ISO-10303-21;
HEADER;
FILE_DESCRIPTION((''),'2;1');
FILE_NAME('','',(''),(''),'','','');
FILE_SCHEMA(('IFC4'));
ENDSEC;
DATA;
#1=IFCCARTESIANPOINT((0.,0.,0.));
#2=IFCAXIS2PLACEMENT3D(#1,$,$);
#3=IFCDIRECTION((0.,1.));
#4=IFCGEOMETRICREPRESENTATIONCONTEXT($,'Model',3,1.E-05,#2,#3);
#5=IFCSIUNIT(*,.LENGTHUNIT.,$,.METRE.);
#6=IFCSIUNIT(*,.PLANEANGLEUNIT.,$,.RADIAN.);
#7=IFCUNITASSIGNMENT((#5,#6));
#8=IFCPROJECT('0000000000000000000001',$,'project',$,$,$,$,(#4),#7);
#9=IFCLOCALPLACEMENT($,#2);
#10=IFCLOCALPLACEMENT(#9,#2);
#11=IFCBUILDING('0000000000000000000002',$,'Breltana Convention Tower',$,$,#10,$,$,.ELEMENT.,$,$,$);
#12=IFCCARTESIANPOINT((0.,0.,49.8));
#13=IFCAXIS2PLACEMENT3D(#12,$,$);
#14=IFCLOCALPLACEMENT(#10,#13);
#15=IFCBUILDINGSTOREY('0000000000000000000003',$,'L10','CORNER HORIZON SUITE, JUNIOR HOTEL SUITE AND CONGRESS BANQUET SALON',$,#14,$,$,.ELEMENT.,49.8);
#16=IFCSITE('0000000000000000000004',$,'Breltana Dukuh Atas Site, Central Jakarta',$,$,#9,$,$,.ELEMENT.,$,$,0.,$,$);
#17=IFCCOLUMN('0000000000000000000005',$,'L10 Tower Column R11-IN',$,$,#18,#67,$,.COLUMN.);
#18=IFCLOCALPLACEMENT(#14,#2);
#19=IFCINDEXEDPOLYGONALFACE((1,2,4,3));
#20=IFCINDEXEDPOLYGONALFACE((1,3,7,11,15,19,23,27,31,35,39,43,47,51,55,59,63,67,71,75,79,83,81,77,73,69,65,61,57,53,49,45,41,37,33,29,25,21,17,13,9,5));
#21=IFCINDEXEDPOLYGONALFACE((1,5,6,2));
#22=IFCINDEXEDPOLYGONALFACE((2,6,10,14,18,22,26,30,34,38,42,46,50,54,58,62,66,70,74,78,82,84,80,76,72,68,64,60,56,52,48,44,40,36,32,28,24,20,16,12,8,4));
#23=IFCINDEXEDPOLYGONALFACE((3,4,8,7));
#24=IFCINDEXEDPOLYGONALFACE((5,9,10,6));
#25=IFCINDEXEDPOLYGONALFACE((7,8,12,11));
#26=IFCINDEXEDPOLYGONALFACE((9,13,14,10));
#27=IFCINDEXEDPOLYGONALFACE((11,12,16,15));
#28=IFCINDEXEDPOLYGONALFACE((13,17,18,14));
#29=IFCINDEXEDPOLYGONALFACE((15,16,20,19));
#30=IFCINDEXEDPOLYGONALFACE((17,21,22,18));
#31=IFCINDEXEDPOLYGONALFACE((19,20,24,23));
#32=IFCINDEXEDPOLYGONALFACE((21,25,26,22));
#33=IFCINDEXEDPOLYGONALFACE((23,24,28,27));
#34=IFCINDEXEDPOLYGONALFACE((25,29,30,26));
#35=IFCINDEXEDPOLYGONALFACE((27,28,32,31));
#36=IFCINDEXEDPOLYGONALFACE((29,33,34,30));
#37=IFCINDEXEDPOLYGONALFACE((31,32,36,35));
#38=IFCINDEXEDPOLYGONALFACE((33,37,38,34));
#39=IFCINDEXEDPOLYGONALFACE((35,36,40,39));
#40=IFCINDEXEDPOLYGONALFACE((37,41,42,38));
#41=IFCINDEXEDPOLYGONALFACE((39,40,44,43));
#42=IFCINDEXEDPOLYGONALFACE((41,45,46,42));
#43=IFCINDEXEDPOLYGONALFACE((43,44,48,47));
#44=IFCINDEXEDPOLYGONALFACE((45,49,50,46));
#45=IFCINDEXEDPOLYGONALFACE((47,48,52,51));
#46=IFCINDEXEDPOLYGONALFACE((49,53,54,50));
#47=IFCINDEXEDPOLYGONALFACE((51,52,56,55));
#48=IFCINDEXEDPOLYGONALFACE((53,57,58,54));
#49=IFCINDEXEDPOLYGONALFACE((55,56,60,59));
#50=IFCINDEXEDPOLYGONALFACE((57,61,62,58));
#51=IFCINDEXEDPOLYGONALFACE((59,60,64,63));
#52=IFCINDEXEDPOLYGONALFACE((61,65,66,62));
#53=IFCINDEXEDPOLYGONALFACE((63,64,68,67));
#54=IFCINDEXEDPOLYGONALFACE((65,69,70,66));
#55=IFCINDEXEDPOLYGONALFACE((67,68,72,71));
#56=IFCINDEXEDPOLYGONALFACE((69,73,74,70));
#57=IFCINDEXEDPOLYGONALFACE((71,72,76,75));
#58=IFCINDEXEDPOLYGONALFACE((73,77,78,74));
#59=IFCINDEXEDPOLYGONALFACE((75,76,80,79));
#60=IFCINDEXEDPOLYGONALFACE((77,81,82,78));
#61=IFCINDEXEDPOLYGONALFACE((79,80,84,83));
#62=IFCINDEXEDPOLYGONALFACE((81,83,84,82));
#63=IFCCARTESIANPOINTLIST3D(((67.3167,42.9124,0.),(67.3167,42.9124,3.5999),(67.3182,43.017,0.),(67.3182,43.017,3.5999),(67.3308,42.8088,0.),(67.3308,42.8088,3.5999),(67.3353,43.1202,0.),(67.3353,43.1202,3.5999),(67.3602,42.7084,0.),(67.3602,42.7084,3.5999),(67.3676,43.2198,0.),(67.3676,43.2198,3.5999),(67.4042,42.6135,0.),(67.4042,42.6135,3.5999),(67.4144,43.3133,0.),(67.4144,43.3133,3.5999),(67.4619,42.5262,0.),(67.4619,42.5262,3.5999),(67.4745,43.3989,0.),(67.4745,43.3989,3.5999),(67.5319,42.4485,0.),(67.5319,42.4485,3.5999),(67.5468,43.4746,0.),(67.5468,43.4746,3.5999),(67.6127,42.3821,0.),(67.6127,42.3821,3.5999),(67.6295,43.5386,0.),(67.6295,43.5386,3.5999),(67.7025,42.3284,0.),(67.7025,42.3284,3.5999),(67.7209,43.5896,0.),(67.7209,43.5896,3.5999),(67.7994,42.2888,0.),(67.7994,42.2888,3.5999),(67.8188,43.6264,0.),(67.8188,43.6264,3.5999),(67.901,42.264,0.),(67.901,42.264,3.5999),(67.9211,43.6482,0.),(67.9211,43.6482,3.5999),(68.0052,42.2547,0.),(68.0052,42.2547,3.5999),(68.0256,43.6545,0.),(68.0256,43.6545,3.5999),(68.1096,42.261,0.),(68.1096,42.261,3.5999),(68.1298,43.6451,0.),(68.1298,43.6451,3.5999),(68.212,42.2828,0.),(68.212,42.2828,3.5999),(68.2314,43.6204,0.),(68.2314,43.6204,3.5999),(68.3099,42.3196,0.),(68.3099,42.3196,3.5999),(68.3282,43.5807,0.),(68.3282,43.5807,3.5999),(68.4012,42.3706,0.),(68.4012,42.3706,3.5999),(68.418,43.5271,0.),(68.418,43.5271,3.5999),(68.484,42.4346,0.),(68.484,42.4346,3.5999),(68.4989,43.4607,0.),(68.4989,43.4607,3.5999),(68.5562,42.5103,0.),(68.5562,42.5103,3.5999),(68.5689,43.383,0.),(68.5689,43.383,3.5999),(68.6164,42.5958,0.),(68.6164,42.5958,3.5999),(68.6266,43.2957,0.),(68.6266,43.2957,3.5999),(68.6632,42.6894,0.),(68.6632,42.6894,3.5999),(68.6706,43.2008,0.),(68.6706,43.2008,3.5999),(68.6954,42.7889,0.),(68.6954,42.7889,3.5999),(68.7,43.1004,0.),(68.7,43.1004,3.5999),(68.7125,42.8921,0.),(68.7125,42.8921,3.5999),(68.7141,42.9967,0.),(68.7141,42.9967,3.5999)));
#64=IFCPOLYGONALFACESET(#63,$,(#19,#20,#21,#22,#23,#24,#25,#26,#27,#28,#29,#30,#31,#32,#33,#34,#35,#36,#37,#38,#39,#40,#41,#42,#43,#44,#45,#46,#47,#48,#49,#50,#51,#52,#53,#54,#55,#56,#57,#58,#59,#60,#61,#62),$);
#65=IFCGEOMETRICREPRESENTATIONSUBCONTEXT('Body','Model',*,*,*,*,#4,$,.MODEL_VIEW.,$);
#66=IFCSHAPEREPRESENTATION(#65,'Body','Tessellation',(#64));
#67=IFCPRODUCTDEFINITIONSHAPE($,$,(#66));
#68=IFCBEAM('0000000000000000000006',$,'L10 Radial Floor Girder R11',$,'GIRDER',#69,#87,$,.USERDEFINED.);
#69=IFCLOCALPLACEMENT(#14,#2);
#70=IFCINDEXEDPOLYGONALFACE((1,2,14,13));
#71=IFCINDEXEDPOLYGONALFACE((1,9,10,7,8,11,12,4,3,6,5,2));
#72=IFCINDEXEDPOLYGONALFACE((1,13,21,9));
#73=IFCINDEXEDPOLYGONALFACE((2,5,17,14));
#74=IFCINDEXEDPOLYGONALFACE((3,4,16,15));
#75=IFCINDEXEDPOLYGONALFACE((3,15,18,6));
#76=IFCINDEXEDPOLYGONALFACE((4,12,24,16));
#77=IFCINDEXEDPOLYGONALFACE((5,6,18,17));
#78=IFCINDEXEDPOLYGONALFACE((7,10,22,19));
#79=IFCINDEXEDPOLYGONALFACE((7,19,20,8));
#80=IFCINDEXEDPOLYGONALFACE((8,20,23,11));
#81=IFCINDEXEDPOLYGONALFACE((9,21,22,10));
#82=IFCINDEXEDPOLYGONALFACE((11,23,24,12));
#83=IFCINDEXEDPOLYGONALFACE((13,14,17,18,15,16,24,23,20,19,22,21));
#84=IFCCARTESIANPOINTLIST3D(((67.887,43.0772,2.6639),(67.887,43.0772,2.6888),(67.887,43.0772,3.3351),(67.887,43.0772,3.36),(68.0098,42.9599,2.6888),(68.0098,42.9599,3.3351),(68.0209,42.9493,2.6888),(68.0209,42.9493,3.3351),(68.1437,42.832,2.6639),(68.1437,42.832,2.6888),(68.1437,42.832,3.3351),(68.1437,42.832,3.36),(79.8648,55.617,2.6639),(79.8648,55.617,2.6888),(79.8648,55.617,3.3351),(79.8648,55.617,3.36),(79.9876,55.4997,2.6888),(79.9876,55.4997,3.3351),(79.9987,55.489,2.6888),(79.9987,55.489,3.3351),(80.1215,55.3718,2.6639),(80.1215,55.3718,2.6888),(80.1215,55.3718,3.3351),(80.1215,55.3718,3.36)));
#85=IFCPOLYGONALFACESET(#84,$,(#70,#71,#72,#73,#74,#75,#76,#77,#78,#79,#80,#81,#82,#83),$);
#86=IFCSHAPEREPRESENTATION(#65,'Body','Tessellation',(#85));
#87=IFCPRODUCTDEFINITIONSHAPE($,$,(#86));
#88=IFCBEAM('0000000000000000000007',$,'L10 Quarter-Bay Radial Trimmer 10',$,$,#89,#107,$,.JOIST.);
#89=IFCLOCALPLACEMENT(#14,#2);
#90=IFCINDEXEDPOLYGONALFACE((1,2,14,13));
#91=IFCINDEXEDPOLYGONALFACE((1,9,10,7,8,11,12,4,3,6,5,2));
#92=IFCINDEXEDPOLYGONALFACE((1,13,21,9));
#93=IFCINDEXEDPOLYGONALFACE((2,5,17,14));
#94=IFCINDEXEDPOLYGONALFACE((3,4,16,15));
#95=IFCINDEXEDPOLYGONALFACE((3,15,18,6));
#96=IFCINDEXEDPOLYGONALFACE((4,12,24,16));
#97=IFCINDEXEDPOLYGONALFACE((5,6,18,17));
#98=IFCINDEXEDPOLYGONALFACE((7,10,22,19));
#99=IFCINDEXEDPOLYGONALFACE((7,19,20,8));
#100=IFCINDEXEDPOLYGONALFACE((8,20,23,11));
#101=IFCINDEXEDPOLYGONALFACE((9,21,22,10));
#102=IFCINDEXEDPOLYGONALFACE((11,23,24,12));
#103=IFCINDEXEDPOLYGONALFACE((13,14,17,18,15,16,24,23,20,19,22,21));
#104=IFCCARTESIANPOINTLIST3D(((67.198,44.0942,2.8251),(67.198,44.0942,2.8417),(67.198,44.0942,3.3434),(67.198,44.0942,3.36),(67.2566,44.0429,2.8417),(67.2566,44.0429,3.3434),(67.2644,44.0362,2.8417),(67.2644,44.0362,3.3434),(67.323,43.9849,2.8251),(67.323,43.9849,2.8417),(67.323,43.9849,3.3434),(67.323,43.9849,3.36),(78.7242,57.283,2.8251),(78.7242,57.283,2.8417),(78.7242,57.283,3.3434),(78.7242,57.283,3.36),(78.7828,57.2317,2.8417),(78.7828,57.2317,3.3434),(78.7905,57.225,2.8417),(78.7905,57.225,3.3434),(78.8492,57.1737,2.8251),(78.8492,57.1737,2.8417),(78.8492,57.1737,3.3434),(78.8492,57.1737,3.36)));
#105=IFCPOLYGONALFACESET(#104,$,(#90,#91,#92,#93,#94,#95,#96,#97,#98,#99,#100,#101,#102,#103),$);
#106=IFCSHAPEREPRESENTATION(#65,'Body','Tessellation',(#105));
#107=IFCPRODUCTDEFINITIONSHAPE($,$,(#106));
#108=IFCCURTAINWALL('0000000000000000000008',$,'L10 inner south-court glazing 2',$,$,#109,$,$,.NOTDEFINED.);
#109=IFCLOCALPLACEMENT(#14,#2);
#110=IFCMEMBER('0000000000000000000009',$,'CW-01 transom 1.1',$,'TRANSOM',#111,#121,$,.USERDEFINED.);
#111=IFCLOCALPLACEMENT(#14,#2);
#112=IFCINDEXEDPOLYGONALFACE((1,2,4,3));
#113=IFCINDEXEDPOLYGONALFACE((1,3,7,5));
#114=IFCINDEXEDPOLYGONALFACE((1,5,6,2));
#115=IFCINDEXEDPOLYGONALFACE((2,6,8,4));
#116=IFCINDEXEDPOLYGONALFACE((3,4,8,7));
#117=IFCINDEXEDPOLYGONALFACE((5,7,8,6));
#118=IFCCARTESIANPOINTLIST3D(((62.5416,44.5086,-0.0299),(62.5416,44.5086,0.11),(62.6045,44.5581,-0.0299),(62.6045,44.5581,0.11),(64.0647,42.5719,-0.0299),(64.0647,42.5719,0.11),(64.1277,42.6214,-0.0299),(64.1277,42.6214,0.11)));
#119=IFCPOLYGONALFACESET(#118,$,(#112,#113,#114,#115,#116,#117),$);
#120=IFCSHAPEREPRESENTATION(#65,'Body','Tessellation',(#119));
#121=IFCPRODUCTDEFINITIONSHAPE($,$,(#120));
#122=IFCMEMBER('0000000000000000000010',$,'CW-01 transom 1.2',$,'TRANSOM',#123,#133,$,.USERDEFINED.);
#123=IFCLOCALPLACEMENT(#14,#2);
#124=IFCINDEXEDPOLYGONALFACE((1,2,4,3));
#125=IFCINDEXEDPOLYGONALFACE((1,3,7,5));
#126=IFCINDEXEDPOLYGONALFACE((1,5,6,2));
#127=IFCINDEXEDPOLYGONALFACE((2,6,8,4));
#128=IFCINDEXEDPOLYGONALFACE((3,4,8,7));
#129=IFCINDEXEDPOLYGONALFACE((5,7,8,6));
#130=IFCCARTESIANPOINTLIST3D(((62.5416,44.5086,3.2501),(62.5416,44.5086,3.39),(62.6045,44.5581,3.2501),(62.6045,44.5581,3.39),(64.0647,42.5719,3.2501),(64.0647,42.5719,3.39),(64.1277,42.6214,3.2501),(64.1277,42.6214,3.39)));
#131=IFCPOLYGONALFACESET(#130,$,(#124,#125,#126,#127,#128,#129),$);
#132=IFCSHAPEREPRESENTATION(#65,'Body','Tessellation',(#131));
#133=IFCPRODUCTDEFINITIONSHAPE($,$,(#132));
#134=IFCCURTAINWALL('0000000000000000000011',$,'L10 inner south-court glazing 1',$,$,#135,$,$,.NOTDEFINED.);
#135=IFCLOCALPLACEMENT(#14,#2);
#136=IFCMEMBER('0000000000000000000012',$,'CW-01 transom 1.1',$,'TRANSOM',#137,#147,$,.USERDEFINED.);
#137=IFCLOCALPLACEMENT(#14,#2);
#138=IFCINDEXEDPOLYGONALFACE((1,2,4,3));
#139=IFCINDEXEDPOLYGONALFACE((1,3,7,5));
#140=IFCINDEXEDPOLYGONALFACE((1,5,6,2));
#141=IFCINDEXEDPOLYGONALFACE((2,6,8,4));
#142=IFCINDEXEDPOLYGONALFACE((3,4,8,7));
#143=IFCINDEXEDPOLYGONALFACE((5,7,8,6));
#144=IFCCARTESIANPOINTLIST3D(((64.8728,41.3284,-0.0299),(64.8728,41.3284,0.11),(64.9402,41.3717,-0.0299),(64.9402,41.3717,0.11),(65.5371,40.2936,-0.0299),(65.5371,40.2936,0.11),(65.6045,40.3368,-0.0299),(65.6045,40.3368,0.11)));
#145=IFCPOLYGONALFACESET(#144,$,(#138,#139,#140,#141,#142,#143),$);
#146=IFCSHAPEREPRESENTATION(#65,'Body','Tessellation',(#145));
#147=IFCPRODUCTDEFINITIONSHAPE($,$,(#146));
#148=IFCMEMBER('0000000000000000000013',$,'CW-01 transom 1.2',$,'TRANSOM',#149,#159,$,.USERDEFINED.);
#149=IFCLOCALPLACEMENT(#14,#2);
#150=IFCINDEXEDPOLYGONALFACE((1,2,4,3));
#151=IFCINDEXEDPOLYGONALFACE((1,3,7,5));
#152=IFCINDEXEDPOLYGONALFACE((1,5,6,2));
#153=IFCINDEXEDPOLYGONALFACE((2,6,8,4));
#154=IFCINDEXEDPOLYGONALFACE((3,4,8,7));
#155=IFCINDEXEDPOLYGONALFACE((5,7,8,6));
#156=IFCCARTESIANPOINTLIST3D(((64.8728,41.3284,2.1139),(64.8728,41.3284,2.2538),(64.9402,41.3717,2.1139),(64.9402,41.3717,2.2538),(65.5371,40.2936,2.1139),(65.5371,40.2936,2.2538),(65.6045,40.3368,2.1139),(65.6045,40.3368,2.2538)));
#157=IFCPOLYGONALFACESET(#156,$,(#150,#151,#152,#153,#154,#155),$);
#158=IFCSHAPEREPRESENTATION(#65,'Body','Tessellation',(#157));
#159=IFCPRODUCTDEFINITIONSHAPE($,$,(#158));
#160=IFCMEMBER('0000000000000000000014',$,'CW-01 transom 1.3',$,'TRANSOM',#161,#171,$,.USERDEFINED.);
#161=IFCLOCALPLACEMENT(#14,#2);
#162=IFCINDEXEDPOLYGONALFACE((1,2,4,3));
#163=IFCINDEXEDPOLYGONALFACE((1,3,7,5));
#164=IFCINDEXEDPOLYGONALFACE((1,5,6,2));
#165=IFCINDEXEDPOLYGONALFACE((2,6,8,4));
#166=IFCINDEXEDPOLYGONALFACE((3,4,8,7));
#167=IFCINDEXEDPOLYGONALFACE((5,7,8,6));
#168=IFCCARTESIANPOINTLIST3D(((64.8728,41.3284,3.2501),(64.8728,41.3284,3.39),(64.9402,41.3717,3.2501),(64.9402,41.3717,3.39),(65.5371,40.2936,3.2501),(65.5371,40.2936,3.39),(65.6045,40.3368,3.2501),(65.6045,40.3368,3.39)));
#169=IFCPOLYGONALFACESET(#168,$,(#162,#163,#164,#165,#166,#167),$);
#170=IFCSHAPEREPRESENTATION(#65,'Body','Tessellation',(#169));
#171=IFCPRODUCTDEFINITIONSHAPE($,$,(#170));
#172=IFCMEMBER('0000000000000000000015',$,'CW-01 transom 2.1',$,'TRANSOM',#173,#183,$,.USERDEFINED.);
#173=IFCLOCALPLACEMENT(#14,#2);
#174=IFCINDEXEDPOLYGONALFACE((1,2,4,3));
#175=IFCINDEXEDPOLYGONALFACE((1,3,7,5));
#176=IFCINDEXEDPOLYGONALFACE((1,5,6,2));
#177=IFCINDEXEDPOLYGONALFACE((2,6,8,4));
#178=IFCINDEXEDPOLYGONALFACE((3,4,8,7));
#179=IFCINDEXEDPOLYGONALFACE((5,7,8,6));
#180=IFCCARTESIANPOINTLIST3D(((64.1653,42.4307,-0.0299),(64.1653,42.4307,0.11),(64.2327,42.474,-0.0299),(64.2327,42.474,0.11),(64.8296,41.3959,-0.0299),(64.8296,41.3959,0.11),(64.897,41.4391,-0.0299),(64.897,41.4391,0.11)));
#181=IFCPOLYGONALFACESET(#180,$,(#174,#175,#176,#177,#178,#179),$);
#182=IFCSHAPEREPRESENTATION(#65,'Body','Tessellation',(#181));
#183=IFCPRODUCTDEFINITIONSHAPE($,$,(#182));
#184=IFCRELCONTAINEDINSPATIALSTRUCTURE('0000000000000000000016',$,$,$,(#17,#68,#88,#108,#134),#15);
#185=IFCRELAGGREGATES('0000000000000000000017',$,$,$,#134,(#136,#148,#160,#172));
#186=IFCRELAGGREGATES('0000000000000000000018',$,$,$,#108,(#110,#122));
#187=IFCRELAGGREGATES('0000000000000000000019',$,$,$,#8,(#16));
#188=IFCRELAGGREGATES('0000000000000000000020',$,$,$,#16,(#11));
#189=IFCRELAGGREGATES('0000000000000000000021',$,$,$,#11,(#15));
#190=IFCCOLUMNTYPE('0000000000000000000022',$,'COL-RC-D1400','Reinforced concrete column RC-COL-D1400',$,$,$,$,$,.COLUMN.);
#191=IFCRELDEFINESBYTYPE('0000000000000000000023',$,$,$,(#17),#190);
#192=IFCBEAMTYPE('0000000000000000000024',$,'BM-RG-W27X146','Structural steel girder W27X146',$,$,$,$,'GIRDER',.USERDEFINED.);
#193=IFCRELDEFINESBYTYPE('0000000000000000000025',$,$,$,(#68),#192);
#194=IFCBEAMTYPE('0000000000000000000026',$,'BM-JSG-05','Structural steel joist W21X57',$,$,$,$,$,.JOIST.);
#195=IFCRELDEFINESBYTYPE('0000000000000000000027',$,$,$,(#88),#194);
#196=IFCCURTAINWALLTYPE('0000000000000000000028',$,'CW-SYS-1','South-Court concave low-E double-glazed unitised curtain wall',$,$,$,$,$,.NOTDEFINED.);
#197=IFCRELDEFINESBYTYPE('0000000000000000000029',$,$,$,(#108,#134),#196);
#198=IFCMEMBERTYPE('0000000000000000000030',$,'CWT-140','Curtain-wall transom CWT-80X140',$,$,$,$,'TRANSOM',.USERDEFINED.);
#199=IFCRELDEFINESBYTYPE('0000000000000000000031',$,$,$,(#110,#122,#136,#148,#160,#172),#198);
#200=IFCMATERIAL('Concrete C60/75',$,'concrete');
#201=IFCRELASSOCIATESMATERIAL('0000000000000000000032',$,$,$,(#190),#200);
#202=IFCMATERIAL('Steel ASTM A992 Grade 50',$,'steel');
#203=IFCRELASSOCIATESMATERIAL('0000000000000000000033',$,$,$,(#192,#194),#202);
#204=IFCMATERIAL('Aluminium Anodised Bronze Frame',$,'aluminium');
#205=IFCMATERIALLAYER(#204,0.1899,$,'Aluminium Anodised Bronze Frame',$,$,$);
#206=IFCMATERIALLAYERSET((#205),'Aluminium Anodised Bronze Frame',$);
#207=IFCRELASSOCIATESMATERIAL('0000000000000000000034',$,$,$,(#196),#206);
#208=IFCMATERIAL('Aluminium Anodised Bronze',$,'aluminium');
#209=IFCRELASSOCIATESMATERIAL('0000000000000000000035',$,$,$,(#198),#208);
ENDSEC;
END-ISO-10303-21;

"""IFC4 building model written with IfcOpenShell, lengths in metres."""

from ifc_helpers import new_model, si_unit, direction, frame, origin, origin_2d, place, context, subcontext, project, spatial, rectangle, circle, i_section, extrude, source, transform, mapped, material, layer, layer_set, material_profile, profile_set, type_object, type_shapes, element, aggregate, save


model = new_model("IFC4")

# Units and contexts
model_context = context("Model", 3, precision=1e-05, world=origin(), true_north=direction((0.0, 1.0)))
body_context = subcontext(model_context, "Body", "Model", "MODEL_VIEW")
ifc_project = project(units=[si_unit("LENGTHUNIT", "METRE"), si_unit("PLANEANGLEUNIT", "RADIAN")], contexts=[model_context])

# Site, building, storey
site_placement = place(None, origin())
site = spatial("IfcSite", under=ifc_project, at=site_placement, Name="Breltana Dukuh Atas Site, Central Jakarta", CompositionType="ELEMENT", RefElevation=0.0)
building_placement = place(site_placement, origin())
building = spatial("IfcBuilding", under=site, at=building_placement, Name="Breltana Convention Tower", CompositionType="ELEMENT")
storey_placement = place(building_placement, frame((0.0, 0.0, 49.8)))
storey = spatial("IfcBuildingStorey", under=building, at=storey_placement, Name="L10", Description="CORNER HORIZON SUITE, JUNIOR HOTEL SUITE AND CONGRESS BANQUET SALON", CompositionType="ELEMENT", Elevation=49.8)

# Column
ifc_material_1 = material(Name="Concrete C60/75", Category="concrete")
ifc_material_profile_1 = material_profile(ifc_material_1, circle(Radius=0.7, at=origin_2d()), Name="RC-COL-D1400")
ifc_profile_set_1 = profile_set([ifc_material_profile_1], Name="Concrete C60/75")
column_type = type_object("IfcColumnType", Name="COL-RC-D1400", Description="Reinforced concrete column RC-COL-D1400", PredefinedType="COLUMN", material=ifc_profile_set_1)
shared_shape_1 = source(origin(), body_context, "Body", "SweptSolid", [
    extrude(circle(Radius=0.7, at=origin_2d()), origin(), (0.0, 0.0, 1.0), 3.5999),
])
column_placement = place(storey_placement, frame((68.0154, 42.9546, 0.0), z_axis=(0.0, 0.0, 1.0), x_axis=(0.690756, 0.723088, 0.0)))
element("IfcColumn", 1, at=column_placement, inside=storey, type_object=column_type, Name="L10 Tower Column R11-IN", PredefinedType="COLUMN", context=body_context, shape_type="MappedRepresentation", body=[
    mapped(shared_shape_1, transform((0.0, 0.0, 0.0), scale=1.0)),
])

# Beams
ifc_material_2 = material(Name="Steel ASTM A992 Grade 50", Category="steel")
ifc_material_profile_2 = material_profile(ifc_material_2, i_section(OverallWidth=0.355, OverallDepth=0.696, WebThickness=0.0154, FlangeThickness=0.0249, at=origin_2d()), Name="W27X146")
ifc_profile_set_2 = profile_set([ifc_material_profile_2], Name="Steel ASTM A992 Grade 50")
beam_type_1 = type_object("IfcBeamType", Name="BM-RG-W27X146", Description="Structural steel girder W27X146", ElementType="GIRDER", PredefinedType="USERDEFINED", material=ifc_profile_set_2)
shared_shape_2 = source(origin(), body_context, "Body", "SweptSolid", [
    extrude(i_section(OverallWidth=0.355, OverallDepth=0.696, WebThickness=0.0154, FlangeThickness=0.0249, at=origin_2d()), origin(), (0.0, 0.0, 1.0), 17.3411),
])
type_shapes(beam_type_1, [shared_shape_2])
beam_1_placement = place(storey_placement, frame((68.0154, 42.9546, 3.012), z_axis=(0.690716, 0.723126, 0.0), x_axis=(-0.723126, 0.690716, 0.0)))
element("IfcBeam", 2, at=beam_1_placement, inside=storey, type_object=beam_type_1, Name="L10 Radial Floor Girder R11", ObjectType="GIRDER", PredefinedType="USERDEFINED", context=body_context, shape_type="MappedRepresentation", body=[
    mapped(shared_shape_2, transform((0.0, 0.0, 0.0), scale=1.0)),
])
ifc_material_profile_3 = material_profile(ifc_material_2, i_section(OverallWidth=0.166, OverallDepth=0.5349, WebThickness=0.0103, FlangeThickness=0.0166, at=origin_2d()), Name="W21X57")
ifc_profile_set_3 = profile_set([ifc_material_profile_3], Name="Steel ASTM A992 Grade 50")
beam_type_2 = type_object("IfcBeamType", Name="BM-JSG-05", Description="Structural steel joist W21X57", PredefinedType="JOIST", material=ifc_profile_set_3)
shared_shape_3 = source(origin(), body_context, "Body", "SweptSolid", [
    extrude(i_section(OverallWidth=0.166, OverallDepth=0.5349, WebThickness=0.0103, FlangeThickness=0.0166, at=origin_2d()), origin(), (0.0, 0.0, 1.0), 17.5156),
])
beam_2_placement = place(storey_placement, frame((67.2605, 44.0396, 3.0925), z_axis=(0.658052, 0.752973, 0.0), x_axis=(-0.752973, 0.658052, 0.0)))
element("IfcBeam", 3, at=beam_2_placement, inside=storey, type_object=beam_type_2, Name="L10 Quarter-Bay Radial Trimmer 10", PredefinedType="JOIST", context=body_context, shape_type="MappedRepresentation", body=[
    mapped(shared_shape_3, transform((0.0, 0.0, 0.0), scale=1.0)),
])

# Curtain walls, members
ifc_material_3 = material(Name="Aluminium Anodised Bronze Frame", Category="aluminium")
ifc_layer_1 = layer(ifc_material_3, 0.1899, Name="Aluminium Anodised Bronze Frame")
ifc_layer_set_1 = layer_set([ifc_layer_1], Name="Aluminium Anodised Bronze Frame")
curtain_wall_type = type_object("IfcCurtainWallType", Name="CW-SYS-1", Description="South-Court concave low-E double-glazed unitised curtain wall", PredefinedType="NOTDEFINED", material=ifc_layer_set_1)
curtain_wall_1_placement = place(storey_placement, origin())
curtain_wall_1 = element("IfcCurtainWall", 4, at=curtain_wall_1_placement, inside=storey, type_object=curtain_wall_type, Name="L10 inner south-court glazing 2", PredefinedType="NOTDEFINED")
ifc_material_4 = material(Name="Aluminium Anodised Bronze", Category="aluminium")
ifc_material_profile_4 = material_profile(ifc_material_4, rectangle(XDim=0.0801, YDim=0.1399, at=origin_2d()), Name="CWT-80X140")
ifc_profile_set_4 = profile_set([ifc_material_profile_4], Name="Aluminium Anodised Bronze")
member_type_1 = type_object("IfcMemberType", Name="CWT-140", Description="Curtain-wall transom CWT-80X140", ElementType="TRANSOM", PredefinedType="USERDEFINED", material=ifc_profile_set_4)
shared_shape_4 = source(origin(), body_context, "Body", "SweptSolid", [
    extrude(rectangle(XDim=0.0801, YDim=0.1399, at=origin_2d()), origin(), (0.0, 0.0, 1.0), 2.4639),
])
member_1_placement = place(storey_placement, frame((64.0962, 42.5967, 0.04), z_axis=(-0.618185, 0.786033, 0.0), x_axis=(-0.786033, -0.618185, 0.0)))
member_1 = element("IfcMember", 5, at=member_1_placement, type_object=member_type_1, Name="CW-01 transom 1.1", ObjectType="TRANSOM", PredefinedType="USERDEFINED", context=body_context, shape_type="MappedRepresentation", body=[
    mapped(shared_shape_4, transform((0.0, 0.0, 0.0), scale=1.0)),
])
member_2_placement = place(storey_placement, frame((64.0962, 42.5967, 3.3201), z_axis=(-0.618185, 0.786033, 0.0), x_axis=(-0.786033, -0.618185, 0.0)))
member_2 = element("IfcMember", 6, at=member_2_placement, type_object=member_type_1, Name="CW-01 transom 1.2", ObjectType="TRANSOM", PredefinedType="USERDEFINED", context=body_context, shape_type="MappedRepresentation", body=[
    mapped(shared_shape_4, transform((0.0, 0.0, 0.0), scale=1.0)),
])
curtain_wall_2_placement = place(storey_placement, origin())
curtain_wall_2 = element("IfcCurtainWall", 7, at=curtain_wall_2_placement, inside=storey, type_object=curtain_wall_type, Name="L10 inner south-court glazing 1", PredefinedType="NOTDEFINED")
shared_shape_5 = source(origin(), body_context, "Body", "SweptSolid", [
    extrude(rectangle(XDim=0.0801, YDim=0.1399, at=origin_2d()), origin(), (0.0, 0.0, 1.0), 1.2297),
])
member_3_placement = place(storey_placement, frame((65.5708, 40.3152, 0.04), z_axis=(-0.540186, 0.841546, 0.0), x_axis=(-0.841546, -0.540186, 0.0)))
member_3 = element("IfcMember", 8, at=member_3_placement, type_object=member_type_1, Name="CW-01 transom 1.1", ObjectType="TRANSOM", PredefinedType="USERDEFINED", context=body_context, shape_type="MappedRepresentation", body=[
    mapped(shared_shape_5, transform((0.0, 0.0, 0.0), scale=1.0)),
])
member_4_placement = place(storey_placement, frame((65.5708, 40.3152, 2.1838), z_axis=(-0.540186, 0.841546, 0.0), x_axis=(-0.841546, -0.540186, 0.0)))
member_4 = element("IfcMember", 9, at=member_4_placement, type_object=member_type_1, Name="CW-01 transom 1.2", ObjectType="TRANSOM", PredefinedType="USERDEFINED", context=body_context, shape_type="MappedRepresentation", body=[
    mapped(shared_shape_5, transform((0.0, 0.0, 0.0), scale=1.0)),
])
member_5_placement = place(storey_placement, frame((65.5708, 40.3152, 3.3201), z_axis=(-0.540186, 0.841546, 0.0), x_axis=(-0.841546, -0.540186, 0.0)))
member_5 = element("IfcMember", 10, at=member_5_placement, type_object=member_type_1, Name="CW-01 transom 1.3", ObjectType="TRANSOM", PredefinedType="USERDEFINED", context=body_context, shape_type="MappedRepresentation", body=[
    mapped(shared_shape_5, transform((0.0, 0.0, 0.0), scale=1.0)),
])
member_6_placement = place(storey_placement, frame((64.8633, 41.4175, 0.04), z_axis=(-0.540186, 0.841546, 0.0), x_axis=(-0.841546, -0.540186, 0.0)))
member_6 = element("IfcMember", 11, at=member_6_placement, type_object=member_type_1, Name="CW-01 transom 2.1", ObjectType="TRANSOM", PredefinedType="USERDEFINED", context=body_context, shape_type="MappedRepresentation", body=[
    mapped(shared_shape_5, transform((0.0, 0.0, 0.0), scale=1.0)),
])

aggregate(curtain_wall_2, [member_3, member_4, member_5, member_6])
aggregate(curtain_wall_1, [member_1, member_2])

save(model, "model.ifc")
